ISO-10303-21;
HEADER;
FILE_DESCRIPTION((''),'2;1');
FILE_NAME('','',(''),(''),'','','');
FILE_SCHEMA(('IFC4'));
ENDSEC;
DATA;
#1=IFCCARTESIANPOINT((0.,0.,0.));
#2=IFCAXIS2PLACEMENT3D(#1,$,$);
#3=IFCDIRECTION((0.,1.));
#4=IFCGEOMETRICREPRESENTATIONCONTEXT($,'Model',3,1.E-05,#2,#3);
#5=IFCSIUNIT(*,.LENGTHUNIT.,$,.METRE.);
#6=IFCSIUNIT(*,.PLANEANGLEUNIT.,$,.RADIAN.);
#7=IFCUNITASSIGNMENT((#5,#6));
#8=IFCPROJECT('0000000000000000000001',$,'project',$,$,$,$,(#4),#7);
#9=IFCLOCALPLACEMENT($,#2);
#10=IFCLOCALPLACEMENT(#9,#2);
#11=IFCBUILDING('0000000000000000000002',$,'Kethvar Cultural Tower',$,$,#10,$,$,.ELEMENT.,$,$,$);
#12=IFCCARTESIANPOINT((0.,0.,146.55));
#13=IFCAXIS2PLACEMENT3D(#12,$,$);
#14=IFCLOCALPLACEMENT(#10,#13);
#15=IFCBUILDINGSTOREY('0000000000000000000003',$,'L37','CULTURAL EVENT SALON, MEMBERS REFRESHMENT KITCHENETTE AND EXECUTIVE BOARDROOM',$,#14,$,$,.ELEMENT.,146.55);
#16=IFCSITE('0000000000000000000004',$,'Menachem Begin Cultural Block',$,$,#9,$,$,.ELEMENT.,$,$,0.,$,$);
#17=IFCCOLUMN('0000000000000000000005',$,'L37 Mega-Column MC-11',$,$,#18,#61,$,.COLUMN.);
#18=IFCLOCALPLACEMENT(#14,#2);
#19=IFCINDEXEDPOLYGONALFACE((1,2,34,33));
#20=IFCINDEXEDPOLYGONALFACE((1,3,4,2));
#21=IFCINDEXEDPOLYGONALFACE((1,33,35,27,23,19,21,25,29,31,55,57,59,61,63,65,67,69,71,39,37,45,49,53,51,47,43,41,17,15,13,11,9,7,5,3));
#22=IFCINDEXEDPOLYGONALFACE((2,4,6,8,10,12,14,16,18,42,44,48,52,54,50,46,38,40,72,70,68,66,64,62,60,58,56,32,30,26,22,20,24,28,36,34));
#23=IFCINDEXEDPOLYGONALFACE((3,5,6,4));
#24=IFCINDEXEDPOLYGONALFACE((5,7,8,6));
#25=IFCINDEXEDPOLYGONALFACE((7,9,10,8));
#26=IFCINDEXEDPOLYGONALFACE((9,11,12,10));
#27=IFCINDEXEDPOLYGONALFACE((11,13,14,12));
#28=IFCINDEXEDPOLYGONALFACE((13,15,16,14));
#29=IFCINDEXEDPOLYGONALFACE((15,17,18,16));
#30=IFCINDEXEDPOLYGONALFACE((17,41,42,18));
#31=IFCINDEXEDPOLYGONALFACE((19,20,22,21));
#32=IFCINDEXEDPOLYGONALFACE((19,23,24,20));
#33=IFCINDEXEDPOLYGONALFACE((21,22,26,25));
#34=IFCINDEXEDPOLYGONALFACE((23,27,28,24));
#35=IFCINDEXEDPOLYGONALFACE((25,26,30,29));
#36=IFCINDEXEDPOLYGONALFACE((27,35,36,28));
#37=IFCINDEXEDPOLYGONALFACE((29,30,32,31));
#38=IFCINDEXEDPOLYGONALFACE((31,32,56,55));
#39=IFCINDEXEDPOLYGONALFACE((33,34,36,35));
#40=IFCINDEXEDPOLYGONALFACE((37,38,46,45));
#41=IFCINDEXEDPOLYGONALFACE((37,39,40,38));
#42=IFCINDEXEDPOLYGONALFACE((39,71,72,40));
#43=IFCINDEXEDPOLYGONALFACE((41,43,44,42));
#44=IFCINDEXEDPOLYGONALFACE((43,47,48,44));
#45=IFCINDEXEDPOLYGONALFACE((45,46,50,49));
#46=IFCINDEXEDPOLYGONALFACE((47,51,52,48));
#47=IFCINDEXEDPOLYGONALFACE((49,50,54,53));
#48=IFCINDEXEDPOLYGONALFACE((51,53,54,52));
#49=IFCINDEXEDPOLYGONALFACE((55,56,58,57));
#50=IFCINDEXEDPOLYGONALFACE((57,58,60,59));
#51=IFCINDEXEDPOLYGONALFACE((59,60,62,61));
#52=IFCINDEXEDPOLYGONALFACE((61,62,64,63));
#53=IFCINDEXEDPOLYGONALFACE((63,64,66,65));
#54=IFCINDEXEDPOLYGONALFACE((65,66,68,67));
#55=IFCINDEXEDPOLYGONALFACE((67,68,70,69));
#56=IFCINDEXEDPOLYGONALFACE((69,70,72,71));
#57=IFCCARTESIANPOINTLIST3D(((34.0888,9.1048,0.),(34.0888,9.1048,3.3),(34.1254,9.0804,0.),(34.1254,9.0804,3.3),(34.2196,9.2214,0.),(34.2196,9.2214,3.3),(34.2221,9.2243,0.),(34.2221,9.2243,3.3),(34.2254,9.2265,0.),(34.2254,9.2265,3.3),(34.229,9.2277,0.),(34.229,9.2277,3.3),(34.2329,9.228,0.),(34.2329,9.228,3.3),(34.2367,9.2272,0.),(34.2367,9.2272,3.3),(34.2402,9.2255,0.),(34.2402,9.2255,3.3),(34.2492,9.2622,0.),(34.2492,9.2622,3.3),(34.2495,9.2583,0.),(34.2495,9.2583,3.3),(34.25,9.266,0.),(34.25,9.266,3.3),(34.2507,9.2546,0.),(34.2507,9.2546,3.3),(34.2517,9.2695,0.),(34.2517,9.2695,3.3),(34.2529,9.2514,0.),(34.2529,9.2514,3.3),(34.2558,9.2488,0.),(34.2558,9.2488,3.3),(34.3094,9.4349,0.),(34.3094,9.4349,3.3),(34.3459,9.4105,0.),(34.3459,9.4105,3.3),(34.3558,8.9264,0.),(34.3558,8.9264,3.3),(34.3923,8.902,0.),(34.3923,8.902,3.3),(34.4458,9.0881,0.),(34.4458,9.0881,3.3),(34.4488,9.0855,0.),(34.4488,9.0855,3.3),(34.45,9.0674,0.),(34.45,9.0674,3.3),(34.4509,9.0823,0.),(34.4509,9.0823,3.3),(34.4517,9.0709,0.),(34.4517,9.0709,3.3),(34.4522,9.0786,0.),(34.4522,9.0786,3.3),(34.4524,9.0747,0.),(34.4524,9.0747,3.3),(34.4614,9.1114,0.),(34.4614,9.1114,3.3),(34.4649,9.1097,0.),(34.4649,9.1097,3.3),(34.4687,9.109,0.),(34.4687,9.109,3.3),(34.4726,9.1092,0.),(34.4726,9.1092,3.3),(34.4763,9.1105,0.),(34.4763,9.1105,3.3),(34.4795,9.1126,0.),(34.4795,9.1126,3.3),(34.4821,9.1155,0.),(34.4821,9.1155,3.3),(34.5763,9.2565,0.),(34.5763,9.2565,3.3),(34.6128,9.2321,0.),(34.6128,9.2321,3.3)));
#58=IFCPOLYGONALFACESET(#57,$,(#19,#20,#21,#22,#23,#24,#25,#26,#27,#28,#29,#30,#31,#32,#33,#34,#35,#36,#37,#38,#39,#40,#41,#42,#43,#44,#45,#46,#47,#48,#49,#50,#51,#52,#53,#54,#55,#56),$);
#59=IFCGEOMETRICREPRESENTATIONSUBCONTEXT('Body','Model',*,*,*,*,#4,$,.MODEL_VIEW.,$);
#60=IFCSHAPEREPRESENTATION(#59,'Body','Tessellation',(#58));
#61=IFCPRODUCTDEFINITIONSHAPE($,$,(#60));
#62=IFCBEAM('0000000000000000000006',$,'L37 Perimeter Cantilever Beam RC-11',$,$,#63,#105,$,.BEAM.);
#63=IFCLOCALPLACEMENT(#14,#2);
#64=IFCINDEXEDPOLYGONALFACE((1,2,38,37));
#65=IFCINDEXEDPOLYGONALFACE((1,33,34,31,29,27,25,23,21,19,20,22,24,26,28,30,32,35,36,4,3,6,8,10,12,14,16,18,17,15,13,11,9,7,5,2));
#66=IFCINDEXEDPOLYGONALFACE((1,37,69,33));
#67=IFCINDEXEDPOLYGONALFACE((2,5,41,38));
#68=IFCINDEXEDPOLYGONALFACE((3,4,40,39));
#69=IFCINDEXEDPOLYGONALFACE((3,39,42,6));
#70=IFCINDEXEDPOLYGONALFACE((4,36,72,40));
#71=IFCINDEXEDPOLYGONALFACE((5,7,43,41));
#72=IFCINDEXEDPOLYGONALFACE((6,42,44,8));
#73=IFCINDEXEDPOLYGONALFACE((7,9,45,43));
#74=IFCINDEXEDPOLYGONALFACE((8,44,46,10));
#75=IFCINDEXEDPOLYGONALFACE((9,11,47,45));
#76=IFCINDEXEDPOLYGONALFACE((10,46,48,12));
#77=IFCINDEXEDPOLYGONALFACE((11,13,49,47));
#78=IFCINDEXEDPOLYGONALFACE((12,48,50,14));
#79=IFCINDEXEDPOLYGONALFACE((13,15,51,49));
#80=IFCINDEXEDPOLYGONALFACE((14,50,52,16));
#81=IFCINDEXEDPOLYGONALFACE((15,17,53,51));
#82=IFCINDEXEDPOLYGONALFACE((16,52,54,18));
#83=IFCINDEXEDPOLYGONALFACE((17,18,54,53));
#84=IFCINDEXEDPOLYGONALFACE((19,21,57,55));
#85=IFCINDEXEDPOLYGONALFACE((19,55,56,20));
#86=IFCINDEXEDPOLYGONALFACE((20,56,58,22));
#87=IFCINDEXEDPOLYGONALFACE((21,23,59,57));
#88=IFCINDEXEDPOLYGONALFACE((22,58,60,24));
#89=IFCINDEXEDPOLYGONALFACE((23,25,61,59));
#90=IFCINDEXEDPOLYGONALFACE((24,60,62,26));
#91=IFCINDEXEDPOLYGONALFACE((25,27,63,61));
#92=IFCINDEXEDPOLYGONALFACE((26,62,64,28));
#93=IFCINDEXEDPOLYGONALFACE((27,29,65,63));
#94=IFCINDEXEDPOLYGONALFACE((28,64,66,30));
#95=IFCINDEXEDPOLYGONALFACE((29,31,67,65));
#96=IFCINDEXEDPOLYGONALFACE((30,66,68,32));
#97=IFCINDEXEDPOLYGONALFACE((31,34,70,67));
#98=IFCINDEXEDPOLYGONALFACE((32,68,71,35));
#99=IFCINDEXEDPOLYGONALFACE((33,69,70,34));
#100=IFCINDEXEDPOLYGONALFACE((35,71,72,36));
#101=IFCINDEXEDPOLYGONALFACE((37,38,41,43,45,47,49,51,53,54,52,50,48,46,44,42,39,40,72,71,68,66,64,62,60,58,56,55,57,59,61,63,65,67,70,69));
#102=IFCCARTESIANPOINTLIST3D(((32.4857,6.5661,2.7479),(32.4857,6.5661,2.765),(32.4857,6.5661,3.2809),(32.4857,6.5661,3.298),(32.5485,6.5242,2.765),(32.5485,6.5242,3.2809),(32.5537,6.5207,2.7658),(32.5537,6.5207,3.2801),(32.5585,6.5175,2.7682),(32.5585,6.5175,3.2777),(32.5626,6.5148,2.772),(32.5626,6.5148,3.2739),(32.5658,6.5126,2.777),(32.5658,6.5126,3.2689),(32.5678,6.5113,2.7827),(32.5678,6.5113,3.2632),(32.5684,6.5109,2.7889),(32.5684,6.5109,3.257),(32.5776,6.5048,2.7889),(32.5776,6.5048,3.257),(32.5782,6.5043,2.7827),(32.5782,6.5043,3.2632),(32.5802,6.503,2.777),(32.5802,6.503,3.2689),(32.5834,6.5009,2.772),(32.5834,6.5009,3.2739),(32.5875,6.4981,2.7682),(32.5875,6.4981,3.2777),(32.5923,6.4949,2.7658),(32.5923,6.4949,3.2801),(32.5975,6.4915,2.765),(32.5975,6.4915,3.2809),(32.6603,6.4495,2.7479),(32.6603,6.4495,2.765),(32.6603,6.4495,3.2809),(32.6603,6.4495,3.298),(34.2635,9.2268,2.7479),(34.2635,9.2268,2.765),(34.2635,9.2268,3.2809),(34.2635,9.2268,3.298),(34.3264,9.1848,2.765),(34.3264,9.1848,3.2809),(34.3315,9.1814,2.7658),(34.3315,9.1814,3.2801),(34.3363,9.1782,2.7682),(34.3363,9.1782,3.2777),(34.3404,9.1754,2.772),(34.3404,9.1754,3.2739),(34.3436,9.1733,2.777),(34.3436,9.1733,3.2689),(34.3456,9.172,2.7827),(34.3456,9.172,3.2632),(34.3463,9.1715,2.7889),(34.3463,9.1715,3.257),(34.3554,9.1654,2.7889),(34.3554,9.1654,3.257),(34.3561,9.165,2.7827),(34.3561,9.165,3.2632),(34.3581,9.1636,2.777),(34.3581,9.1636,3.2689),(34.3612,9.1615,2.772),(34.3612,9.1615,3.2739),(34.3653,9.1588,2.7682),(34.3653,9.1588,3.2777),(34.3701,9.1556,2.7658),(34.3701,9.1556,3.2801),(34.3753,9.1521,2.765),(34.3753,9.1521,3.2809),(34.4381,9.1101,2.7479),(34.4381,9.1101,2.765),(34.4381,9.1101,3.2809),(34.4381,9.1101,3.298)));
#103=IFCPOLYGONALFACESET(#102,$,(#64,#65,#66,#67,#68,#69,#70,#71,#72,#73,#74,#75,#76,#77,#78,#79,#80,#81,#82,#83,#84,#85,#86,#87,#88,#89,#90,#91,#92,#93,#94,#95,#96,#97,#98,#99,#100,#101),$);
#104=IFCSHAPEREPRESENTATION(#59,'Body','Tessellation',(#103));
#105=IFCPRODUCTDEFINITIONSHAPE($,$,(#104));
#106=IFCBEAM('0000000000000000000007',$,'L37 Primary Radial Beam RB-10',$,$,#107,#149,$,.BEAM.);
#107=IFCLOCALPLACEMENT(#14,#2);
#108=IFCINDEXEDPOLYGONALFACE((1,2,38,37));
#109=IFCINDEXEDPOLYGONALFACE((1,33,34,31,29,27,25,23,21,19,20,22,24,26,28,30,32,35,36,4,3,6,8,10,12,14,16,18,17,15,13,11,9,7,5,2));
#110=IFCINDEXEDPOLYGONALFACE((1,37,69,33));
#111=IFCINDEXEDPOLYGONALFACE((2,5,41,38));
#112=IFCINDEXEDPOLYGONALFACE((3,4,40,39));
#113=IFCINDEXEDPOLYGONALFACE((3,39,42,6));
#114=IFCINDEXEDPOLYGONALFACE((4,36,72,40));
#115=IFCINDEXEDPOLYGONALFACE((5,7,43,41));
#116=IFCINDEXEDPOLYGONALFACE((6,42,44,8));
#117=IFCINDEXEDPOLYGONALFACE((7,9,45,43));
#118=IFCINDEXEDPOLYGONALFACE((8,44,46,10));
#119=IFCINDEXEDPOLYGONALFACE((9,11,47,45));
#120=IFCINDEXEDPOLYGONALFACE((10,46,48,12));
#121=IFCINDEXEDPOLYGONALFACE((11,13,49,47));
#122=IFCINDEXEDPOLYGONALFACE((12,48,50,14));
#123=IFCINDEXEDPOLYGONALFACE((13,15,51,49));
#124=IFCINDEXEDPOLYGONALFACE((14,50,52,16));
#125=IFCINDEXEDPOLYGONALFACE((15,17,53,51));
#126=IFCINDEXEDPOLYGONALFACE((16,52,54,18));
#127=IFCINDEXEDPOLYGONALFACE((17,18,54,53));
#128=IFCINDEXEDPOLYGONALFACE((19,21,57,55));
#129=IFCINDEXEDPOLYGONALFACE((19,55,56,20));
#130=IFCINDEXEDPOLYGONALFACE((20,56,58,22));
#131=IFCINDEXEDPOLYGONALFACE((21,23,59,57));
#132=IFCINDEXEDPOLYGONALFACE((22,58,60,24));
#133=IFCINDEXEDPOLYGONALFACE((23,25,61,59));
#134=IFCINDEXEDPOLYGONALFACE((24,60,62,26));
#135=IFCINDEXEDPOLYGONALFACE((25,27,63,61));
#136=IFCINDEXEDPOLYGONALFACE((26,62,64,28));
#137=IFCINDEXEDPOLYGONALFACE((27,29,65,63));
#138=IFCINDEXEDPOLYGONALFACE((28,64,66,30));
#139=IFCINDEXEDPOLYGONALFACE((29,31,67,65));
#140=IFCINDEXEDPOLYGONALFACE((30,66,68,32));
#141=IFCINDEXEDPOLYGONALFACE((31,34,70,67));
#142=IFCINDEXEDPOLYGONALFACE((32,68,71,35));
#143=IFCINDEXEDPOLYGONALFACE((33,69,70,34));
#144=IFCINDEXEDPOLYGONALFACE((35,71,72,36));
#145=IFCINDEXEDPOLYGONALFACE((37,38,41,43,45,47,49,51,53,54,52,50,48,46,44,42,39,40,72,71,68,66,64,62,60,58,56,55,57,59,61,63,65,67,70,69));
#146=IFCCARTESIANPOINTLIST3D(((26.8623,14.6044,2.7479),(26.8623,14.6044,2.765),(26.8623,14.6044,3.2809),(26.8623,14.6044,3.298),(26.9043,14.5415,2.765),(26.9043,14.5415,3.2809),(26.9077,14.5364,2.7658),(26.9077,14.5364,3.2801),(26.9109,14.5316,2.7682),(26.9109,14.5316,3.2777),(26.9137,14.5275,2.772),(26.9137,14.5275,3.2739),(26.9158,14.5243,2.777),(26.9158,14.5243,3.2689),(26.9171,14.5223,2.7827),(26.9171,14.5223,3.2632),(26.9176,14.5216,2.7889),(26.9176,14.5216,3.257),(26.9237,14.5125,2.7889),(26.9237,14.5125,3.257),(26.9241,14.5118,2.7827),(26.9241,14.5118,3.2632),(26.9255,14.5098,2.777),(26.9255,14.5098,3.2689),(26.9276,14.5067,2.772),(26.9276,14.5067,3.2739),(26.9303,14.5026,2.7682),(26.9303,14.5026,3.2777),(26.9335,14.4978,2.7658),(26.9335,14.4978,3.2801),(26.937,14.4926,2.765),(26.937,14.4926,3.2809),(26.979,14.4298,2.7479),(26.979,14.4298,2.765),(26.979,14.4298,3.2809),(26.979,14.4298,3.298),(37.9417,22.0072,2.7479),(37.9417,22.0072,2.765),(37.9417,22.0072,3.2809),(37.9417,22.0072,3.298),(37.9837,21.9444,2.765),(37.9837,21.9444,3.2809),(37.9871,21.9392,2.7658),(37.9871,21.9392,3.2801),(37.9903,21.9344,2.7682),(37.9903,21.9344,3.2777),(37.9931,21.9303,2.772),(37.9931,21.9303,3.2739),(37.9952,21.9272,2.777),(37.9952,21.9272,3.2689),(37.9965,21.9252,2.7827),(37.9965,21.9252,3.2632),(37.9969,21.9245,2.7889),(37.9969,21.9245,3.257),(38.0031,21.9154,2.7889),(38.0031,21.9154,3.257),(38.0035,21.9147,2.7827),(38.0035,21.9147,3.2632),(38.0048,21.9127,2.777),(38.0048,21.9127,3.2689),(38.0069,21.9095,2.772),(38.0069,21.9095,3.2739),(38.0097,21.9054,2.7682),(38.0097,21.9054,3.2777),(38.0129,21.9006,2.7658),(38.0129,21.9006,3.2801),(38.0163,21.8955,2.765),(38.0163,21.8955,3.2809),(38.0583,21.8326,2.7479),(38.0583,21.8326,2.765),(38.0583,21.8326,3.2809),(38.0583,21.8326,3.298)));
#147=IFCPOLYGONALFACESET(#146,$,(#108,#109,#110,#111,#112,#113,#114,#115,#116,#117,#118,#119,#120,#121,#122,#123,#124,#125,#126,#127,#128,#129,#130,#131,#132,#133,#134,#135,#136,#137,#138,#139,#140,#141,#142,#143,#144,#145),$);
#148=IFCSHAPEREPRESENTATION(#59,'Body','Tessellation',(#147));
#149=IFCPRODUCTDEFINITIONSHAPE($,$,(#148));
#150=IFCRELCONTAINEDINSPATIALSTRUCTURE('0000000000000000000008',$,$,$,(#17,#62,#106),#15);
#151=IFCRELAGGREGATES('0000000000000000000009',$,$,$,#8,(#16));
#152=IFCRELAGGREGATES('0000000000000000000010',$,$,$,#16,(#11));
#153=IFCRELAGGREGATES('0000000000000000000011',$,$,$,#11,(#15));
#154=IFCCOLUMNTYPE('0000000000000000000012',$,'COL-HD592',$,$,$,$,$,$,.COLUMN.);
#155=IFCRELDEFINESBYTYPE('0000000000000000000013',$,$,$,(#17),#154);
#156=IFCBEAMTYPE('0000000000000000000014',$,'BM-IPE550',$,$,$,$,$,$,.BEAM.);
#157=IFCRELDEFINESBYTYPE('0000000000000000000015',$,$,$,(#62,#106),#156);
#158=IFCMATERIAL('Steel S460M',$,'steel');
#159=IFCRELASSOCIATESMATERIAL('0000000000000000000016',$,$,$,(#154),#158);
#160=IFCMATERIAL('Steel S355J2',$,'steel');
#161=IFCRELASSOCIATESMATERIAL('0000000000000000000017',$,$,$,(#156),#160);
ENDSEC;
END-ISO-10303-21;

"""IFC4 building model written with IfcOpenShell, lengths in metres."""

from ifc_helpers import new_model, si_unit, direction, frame, origin, origin_2d, place, context, subcontext, project, spatial, i_section, extrude, source, transform, mapped, material, material_profile, profile_set, type_object, element, save


model = new_model("IFC4")

# Units and contexts
model_context = context("Model", 3, precision=1e-05, world=origin(), true_north=direction((0.0, 1.0)))
body_context = subcontext(model_context, "Body", "Model", "MODEL_VIEW")
ifc_project = project(units=[si_unit("LENGTHUNIT", "METRE"), si_unit("PLANEANGLEUNIT", "RADIAN")], contexts=[model_context])

# Site, building, storey
site_placement = place(None, origin())
site = spatial("IfcSite", under=ifc_project, at=site_placement, Name="Menachem Begin Cultural Block", CompositionType="ELEMENT", RefElevation=0.0)
building_placement = place(site_placement, origin())
building = spatial("IfcBuilding", under=site, at=building_placement, Name="Kethvar Cultural Tower", CompositionType="ELEMENT")
storey_placement = place(building_placement, frame((0.0, 0.0, 146.55)))
storey = spatial("IfcBuildingStorey", under=building, at=storey_placement, Name="L37", Description="CULTURAL EVENT SALON, MEMBERS REFRESHMENT KITCHENETTE AND EXECUTIVE BOARDROOM", CompositionType="ELEMENT", Elevation=146.55)

# Column
ifc_material_1 = material(Name="Steel S460M", Category="steel")
ifc_material_profile_1 = material_profile(ifc_material_1, i_section(OverallWidth=0.397, OverallDepth=0.365, WebThickness=0.0281, FlangeThickness=0.0439, FilletRadius=0.0149, at=origin_2d()), Name="Steel S460M — HD400x592")
ifc_profile_set_1 = profile_set([ifc_material_profile_1], Name="Steel S460M — HD400x592")
column_type = type_object("IfcColumnType", Name="COL-HD592", PredefinedType="COLUMN", material=ifc_profile_set_1)
shared_shape_1 = source(origin(), body_context, "Body", "SweptSolid", [
    extrude(i_section(OverallWidth=0.397, OverallDepth=0.365, WebThickness=0.0281, FlangeThickness=0.0439, FilletRadius=0.0149, at=origin_2d()), origin(), (0.0, 0.0, 1.0), 3.3),
])
column_placement = place(storey_placement, frame((34.3508, 9.1685, 0.0), z_axis=(0.0, 0.0, 1.0), x_axis=(-0.55557, -0.83147, 0.0)))
element("IfcColumn", 1, at=column_placement, inside=storey, type_object=column_type, Name="L37 Mega-Column MC-11", PredefinedType="COLUMN", context=body_context, shape_type="MappedRepresentation", body=[
    mapped(shared_shape_1, transform((0.0, 0.0, 0.0), scale=1.0)),
])

# Beams
ifc_material_2 = material(Name="Steel S355J2", Category="steel")
ifc_material_profile_2 = material_profile(ifc_material_2, i_section(OverallWidth=0.21, OverallDepth=0.55, WebThickness=0.011, FlangeThickness=0.0171, FilletRadius=0.0239, at=origin_2d()), Name="Steel S355J2 — IPE550")
ifc_profile_set_2 = profile_set([ifc_material_profile_2], Name="Steel S355J2 — IPE550")
beam_type_1 = type_object("IfcBeamType", Name="BM-IPE550", PredefinedType="BEAM", material=ifc_profile_set_2)
shared_shape_2 = source(origin(), body_context, "Body", "SweptSolid", [
    extrude(i_section(OverallWidth=0.21, OverallDepth=0.55, WebThickness=0.011, FlangeThickness=0.0171, FilletRadius=0.0239, at=origin_2d()), origin(), (0.0, 0.0, 1.0), 3.2),
])
beam_1_placement = place(storey_placement, frame((34.3508, 9.1685, 3.0229), z_axis=(-0.55558, -0.831463, 0.0), x_axis=(0.831463, -0.55558, 0.0)))
element("IfcBeam", 2, at=beam_1_placement, inside=storey, type_object=beam_type_1, Name="L37 Perimeter Cantilever Beam RC-11", PredefinedType="BEAM", context=body_context, shape_type="MappedRepresentation", body=[
    mapped(shared_shape_2, transform((0.0, 0.0, 0.0), scale=1.0)),
])
shared_shape_3 = source(origin(), body_context, "Body", "SweptSolid", [
    extrude(i_section(OverallWidth=0.21, OverallDepth=0.55, WebThickness=0.011, FlangeThickness=0.0171, FilletRadius=0.0239, at=origin_2d()), origin(), (0.0, 0.0, 1.0), 13.325),
])
beam_2_placement = place(storey_placement, frame((38.0, 21.9199, 3.0229), z_axis=(-0.831475, -0.555562, 0.0), x_axis=(0.555562, -0.831475, 0.0)))
element("IfcBeam", 3, at=beam_2_placement, inside=storey, type_object=beam_type_1, Name="L37 Primary Radial Beam RB-10", PredefinedType="BEAM", context=body_context, shape_type="MappedRepresentation", body=[
    mapped(shared_shape_3, transform((0.0, 0.0, 0.0), scale=1.0)),
])

save(model, "model.ifc")
